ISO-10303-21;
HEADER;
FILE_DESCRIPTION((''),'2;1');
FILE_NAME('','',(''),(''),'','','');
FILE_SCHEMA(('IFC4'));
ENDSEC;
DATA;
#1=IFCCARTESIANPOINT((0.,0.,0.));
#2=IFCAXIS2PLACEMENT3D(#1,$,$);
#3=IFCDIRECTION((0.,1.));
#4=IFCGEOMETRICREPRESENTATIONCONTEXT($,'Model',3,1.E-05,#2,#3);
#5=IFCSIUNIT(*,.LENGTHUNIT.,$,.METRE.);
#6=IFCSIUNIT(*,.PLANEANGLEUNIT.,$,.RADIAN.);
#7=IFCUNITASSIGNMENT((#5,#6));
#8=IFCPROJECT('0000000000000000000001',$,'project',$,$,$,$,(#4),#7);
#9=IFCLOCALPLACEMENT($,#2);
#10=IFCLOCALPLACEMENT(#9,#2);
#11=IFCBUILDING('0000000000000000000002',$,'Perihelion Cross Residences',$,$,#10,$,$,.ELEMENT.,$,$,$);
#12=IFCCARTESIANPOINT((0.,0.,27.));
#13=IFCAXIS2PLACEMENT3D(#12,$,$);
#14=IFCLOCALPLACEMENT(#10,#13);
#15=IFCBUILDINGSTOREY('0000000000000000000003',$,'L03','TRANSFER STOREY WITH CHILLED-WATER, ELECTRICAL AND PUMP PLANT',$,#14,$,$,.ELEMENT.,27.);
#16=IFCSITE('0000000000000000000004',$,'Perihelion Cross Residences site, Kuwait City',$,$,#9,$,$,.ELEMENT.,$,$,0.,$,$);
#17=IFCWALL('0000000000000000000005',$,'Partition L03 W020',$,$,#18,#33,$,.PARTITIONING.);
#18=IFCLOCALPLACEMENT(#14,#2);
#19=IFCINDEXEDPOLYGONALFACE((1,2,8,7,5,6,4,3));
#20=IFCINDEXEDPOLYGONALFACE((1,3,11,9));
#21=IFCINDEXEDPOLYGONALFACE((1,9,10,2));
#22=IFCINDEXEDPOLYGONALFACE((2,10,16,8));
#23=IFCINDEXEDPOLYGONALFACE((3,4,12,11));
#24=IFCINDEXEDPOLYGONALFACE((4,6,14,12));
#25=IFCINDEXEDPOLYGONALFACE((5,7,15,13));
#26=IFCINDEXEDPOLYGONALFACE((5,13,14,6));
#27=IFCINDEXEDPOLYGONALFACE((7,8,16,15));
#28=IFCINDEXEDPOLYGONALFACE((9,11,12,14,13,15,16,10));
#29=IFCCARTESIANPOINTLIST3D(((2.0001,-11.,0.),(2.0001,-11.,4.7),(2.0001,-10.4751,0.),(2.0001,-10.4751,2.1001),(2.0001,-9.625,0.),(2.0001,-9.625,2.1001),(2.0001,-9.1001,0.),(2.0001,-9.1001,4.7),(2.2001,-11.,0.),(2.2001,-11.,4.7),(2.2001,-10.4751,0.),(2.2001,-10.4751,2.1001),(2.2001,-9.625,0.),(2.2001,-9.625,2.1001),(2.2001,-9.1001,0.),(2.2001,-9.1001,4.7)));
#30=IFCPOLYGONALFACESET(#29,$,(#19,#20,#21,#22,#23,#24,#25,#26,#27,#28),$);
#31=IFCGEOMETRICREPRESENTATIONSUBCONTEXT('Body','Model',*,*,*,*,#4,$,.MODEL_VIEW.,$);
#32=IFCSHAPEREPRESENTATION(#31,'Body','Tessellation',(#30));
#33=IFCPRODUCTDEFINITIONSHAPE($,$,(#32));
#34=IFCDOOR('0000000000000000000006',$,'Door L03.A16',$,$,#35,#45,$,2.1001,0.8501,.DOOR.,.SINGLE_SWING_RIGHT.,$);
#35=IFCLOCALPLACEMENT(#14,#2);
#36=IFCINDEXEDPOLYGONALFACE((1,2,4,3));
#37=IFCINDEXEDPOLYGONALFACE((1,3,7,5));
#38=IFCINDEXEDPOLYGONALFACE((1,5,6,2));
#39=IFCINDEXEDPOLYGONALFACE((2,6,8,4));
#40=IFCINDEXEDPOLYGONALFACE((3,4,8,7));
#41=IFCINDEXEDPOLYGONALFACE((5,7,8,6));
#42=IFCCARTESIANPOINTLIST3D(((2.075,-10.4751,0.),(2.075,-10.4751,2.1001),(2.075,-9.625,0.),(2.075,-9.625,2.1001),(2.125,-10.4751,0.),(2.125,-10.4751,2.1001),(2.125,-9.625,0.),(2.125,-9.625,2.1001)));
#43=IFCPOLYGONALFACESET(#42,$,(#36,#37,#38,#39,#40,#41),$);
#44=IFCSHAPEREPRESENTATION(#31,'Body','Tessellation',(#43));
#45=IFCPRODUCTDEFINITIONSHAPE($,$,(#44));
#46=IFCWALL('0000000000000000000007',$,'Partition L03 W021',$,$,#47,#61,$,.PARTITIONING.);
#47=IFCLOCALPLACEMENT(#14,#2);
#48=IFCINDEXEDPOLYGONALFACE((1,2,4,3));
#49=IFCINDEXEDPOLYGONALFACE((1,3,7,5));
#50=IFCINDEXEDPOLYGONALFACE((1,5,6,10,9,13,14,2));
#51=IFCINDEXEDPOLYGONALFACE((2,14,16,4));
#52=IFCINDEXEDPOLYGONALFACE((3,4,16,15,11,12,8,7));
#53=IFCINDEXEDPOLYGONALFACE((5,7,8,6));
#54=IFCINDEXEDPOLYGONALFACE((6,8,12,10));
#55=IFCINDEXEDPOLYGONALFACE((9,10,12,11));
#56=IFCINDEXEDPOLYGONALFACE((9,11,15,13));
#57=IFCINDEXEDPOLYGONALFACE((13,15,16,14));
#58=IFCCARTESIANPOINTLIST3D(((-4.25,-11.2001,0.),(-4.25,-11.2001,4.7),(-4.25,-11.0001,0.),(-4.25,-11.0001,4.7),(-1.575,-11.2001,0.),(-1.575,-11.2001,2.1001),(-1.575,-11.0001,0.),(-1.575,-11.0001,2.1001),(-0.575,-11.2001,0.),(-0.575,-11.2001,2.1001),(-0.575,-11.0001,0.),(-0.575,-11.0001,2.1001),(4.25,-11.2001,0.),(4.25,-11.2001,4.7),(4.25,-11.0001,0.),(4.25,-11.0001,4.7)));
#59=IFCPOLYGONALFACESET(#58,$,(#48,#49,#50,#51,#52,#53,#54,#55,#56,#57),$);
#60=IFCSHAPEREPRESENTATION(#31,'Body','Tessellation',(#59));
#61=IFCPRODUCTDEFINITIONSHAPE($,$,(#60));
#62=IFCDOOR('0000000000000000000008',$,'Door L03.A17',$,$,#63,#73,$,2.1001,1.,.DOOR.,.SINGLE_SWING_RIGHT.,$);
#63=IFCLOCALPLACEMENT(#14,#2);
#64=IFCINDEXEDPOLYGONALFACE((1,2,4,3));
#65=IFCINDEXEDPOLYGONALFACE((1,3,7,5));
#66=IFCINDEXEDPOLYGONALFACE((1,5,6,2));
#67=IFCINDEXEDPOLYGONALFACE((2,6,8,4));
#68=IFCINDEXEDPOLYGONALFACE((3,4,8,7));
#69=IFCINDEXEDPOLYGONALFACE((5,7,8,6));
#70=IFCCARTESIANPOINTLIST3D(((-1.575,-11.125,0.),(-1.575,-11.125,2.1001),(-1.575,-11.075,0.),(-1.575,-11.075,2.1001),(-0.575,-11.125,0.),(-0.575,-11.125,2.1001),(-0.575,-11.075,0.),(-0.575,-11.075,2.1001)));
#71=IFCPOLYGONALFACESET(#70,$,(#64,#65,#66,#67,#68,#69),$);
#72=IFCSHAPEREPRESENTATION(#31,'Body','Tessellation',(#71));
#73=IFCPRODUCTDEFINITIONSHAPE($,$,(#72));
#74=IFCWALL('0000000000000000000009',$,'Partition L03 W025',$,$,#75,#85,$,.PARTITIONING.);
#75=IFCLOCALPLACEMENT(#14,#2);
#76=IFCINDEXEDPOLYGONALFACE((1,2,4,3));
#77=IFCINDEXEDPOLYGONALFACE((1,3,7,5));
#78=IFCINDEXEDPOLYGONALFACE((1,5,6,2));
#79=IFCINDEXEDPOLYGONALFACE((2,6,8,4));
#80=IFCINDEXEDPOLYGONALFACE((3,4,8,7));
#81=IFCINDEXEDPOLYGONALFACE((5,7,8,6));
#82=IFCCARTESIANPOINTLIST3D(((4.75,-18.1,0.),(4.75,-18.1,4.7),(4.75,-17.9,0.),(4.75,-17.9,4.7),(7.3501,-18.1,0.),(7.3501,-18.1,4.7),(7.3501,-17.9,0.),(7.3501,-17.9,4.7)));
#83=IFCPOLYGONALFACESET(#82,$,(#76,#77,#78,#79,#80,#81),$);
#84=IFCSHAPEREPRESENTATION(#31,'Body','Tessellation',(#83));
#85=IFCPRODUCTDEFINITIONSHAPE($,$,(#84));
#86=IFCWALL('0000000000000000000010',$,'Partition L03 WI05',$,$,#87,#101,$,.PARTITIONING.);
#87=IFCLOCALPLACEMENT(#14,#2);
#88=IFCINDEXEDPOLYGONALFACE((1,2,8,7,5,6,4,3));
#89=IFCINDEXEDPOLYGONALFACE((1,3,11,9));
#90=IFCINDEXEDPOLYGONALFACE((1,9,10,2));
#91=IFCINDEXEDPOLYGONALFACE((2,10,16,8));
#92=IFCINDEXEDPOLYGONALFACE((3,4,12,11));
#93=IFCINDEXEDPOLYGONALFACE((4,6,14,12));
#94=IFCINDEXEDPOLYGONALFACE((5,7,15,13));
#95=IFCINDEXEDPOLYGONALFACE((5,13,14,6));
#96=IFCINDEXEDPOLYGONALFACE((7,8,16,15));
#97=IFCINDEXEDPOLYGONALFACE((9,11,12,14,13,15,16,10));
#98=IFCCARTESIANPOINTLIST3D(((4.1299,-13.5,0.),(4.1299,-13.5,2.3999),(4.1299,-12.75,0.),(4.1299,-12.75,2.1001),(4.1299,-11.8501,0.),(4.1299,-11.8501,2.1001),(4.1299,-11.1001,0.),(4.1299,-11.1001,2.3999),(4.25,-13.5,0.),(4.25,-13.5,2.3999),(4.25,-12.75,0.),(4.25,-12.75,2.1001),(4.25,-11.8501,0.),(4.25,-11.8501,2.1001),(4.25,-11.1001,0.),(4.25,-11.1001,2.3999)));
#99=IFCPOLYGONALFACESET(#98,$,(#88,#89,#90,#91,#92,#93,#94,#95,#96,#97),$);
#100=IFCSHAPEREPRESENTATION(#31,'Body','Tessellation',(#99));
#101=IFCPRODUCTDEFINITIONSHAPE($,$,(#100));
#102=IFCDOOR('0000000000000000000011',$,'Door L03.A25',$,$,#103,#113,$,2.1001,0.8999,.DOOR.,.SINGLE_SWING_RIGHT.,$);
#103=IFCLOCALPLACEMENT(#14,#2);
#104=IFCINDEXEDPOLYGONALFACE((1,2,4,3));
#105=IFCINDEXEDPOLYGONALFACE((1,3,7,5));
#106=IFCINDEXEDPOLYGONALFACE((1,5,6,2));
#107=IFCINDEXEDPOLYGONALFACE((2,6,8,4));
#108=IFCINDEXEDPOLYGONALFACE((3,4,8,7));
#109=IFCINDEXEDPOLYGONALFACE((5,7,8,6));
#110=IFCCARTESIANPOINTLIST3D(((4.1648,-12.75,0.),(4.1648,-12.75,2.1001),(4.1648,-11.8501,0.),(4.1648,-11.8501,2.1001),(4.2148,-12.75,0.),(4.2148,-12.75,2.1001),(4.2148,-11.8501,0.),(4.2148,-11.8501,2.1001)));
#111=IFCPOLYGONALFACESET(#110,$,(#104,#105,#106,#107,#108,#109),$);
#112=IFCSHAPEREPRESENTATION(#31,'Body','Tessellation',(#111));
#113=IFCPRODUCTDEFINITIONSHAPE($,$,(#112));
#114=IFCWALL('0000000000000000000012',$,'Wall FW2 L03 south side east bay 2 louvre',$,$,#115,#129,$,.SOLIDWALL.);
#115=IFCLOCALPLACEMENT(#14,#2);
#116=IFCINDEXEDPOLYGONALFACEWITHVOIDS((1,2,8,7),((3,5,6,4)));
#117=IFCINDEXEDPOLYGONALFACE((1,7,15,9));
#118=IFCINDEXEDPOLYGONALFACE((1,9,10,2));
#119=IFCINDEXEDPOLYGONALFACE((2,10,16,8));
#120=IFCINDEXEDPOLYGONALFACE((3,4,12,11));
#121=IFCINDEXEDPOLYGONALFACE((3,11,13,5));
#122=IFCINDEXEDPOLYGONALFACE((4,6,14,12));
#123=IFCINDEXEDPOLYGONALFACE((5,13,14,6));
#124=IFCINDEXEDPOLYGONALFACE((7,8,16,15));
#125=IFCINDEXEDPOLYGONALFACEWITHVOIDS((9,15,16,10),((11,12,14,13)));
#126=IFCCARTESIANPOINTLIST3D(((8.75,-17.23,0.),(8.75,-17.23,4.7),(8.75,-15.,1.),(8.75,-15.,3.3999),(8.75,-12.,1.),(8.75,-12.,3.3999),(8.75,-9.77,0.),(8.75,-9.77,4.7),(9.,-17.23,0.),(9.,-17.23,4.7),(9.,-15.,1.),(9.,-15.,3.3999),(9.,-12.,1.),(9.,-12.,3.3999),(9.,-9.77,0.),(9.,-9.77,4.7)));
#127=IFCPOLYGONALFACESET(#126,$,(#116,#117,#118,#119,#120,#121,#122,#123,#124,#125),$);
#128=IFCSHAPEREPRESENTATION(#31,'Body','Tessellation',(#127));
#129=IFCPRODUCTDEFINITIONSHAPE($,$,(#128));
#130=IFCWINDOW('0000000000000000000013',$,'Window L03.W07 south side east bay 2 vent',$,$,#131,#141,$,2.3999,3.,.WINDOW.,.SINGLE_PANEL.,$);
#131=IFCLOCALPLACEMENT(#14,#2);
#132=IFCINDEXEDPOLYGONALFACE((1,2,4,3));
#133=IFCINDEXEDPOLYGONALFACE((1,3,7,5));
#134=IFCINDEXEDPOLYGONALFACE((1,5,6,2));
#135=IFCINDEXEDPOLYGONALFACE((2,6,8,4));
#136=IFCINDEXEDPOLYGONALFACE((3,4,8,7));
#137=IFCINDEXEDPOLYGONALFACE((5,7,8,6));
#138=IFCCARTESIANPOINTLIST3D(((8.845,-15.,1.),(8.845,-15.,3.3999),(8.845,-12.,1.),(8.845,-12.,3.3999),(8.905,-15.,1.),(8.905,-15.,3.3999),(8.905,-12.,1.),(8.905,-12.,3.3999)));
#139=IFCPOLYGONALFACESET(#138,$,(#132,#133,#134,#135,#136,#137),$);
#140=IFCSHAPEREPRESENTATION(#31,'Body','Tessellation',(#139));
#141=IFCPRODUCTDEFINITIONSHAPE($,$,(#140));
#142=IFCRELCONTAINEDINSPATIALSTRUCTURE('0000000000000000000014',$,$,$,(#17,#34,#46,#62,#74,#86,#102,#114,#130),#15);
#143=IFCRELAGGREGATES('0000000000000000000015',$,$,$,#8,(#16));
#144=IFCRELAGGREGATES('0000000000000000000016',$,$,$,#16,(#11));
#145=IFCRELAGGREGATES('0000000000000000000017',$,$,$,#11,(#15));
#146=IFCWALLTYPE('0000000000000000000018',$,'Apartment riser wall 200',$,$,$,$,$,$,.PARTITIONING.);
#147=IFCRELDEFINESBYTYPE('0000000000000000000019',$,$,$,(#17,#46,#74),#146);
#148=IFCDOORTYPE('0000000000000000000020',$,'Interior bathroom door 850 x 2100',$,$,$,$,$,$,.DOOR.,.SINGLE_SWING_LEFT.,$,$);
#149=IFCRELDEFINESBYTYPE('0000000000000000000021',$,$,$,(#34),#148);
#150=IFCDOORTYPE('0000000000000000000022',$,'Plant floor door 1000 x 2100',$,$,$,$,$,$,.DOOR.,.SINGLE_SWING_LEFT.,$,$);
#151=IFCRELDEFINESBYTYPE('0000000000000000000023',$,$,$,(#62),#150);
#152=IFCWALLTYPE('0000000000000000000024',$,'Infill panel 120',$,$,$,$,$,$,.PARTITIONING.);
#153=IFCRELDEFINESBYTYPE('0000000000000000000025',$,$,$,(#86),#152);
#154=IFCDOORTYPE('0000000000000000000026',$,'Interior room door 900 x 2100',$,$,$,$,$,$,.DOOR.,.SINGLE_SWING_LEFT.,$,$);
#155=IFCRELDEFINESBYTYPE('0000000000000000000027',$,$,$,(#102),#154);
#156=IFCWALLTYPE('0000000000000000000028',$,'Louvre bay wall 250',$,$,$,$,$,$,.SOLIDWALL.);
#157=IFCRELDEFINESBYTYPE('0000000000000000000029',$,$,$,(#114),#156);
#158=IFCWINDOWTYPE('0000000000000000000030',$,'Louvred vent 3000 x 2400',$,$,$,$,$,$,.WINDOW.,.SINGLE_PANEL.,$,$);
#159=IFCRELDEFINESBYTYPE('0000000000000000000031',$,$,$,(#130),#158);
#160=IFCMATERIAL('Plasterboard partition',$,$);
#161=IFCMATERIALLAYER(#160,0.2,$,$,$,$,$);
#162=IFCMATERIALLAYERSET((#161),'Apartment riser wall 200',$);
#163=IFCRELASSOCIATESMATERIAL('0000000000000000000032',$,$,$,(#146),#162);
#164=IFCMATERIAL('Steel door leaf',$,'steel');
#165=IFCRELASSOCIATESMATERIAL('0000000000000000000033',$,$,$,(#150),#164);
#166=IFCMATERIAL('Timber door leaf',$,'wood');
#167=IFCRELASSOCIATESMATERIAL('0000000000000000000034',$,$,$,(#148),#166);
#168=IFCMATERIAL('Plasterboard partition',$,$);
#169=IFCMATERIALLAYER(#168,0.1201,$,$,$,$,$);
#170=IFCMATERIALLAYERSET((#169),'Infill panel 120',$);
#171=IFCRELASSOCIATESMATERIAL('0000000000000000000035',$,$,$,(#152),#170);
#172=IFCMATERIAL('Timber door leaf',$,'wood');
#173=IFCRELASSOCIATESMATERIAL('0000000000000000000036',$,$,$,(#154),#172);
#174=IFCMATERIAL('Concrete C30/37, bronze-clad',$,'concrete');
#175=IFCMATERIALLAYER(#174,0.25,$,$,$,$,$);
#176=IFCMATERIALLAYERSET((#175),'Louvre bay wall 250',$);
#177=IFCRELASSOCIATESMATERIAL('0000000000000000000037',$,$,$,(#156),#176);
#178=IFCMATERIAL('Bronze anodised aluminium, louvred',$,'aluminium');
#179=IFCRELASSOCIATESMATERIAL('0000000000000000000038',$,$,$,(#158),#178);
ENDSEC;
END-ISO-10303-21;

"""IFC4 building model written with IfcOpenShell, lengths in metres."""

from ifc_helpers import new_model, si_unit, direction, frame, frame_2d, origin, place, context, subcontext, project, spatial, rectangle, extrude, material, layer, layer_set, type_object, element, fill, save


model = new_model("IFC4")

# Units and contexts
model_context = context("Model", 3, precision=1e-05, world=origin(), true_north=direction((0.0, 1.0)))
body_context = subcontext(model_context, "Body", "Model", "MODEL_VIEW")
ifc_project = project(units=[si_unit("LENGTHUNIT", "METRE"), si_unit("PLANEANGLEUNIT", "RADIAN")], contexts=[model_context])

# Site, building, storey
site_placement = place(None, origin())
site = spatial("IfcSite", under=ifc_project, at=site_placement, Name="Perihelion Cross Residences site, Kuwait City", CompositionType="ELEMENT", RefElevation=0.0)
building_placement = place(site_placement, origin())
building = spatial("IfcBuilding", under=site, at=building_placement, Name="Perihelion Cross Residences", CompositionType="ELEMENT")
storey_placement = place(building_placement, frame((0.0, 0.0, 27.0)))
storey = spatial("IfcBuildingStorey", under=building, at=storey_placement, Name="L03", Description="TRANSFER STOREY WITH CHILLED-WATER, ELECTRICAL AND PUMP PLANT", CompositionType="ELEMENT", Elevation=27.0)

# Shared definitions
ifc_material_1 = material(Name="Plasterboard partition")
ifc_layer_1 = layer(ifc_material_1, 0.2)
ifc_layer_set_1 = layer_set([ifc_layer_1], Name="Apartment riser wall 200")
wall_type_1 = type_object("IfcWallType", Name="Apartment riser wall 200", PredefinedType="PARTITIONING", material=ifc_layer_set_1)

# Walls, openings, doors
ifc_material_2 = material(Name="Steel door leaf", Category="steel")
door_type_1 = type_object("IfcDoorType", Name="Plant floor door 1000 x 2100", OperationType="SINGLE_SWING_LEFT", PredefinedType="DOOR", material=ifc_material_2)
wall_1_placement = place(storey_placement, frame((2.1001, -9.1001, 0.0), z_axis=(0.0, 0.0, 1.0), x_axis=(0.0, -1.0, 0.0)))
wall_1 = element("IfcWall", 1, at=wall_1_placement, inside=storey, type_object=wall_type_1, Name="Partition L03 W020", PredefinedType="PARTITIONING", context=body_context, shape_type="SweptSolid", body=[
    extrude(rectangle(XDim=1.8999, YDim=0.2, at=frame_2d((0.95, 0.0))), origin(), (0.0, 0.0, 1.0), 4.7),
])
opening_1_placement = place(wall_1_placement, frame((0.5249, 0.0, 0.0)))
opening_1 = element("IfcOpeningElement", 2, at=opening_1_placement, cuts=wall_1, PredefinedType="OPENING", context=body_context, shape_type="SweptSolid", body=[
    extrude(rectangle(XDim=0.8501, YDim=2.1001, at=frame_2d((0.425, 1.05))), frame((0.0, 0.1099, 0.0), z_axis=(0.0, -1.0, 0.0), x_axis=(1.0, 0.0, 0.0)), (0.0, 0.0, 1.0), 0.22),
])
ifc_material_3 = material(Name="Timber door leaf", Category="wood")
door_type_2 = type_object("IfcDoorType", Name="Interior bathroom door 850 x 2100", OperationType="SINGLE_SWING_LEFT", PredefinedType="DOOR", material=ifc_material_3)
door_1_placement = place(opening_1_placement, origin())
door_1 = element("IfcDoor", 3, at=door_1_placement, inside=storey, type_object=door_type_2, Name="Door L03.A16", OperationType="SINGLE_SWING_RIGHT", OverallHeight=2.1001, OverallWidth=0.8501, PredefinedType="DOOR", context=body_context, shape_type="SweptSolid", body=[
    extrude(rectangle(XDim=0.8501, YDim=2.1001, at=frame_2d((0.425, 1.05))), frame((0.0, 0.0249, 0.0), z_axis=(0.0, -1.0, 0.0), x_axis=(1.0, 0.0, 0.0)), (0.0, 0.0, 1.0), 0.05),
])
fill(opening_1, door_1)
wall_2_placement = place(storey_placement, frame((4.25, -11.1001, 0.0), z_axis=(0.0, 0.0, 1.0), x_axis=(-1.0, 0.0, 0.0)))
wall_2 = element("IfcWall", 4, at=wall_2_placement, inside=storey, type_object=wall_type_1, Name="Partition L03 W021", PredefinedType="PARTITIONING", context=body_context, shape_type="SweptSolid", body=[
    extrude(rectangle(XDim=8.5, YDim=0.2, at=frame_2d((4.25, 0.0))), origin(), (0.0, 0.0, 1.0), 4.7),
])
opening_2_placement = place(wall_2_placement, frame((4.825, 0.0, 0.0)))
opening_2 = element("IfcOpeningElement", 5, at=opening_2_placement, cuts=wall_2, PredefinedType="OPENING", context=body_context, shape_type="SweptSolid", body=[
    extrude(rectangle(XDim=1.0, YDim=2.1001, at=frame_2d((0.5, 1.05))), frame((0.0, 0.1099, 0.0), z_axis=(0.0, -1.0, 0.0), x_axis=(1.0, 0.0, 0.0)), (0.0, 0.0, 1.0), 0.22),
])
door_2_placement = place(opening_2_placement, origin())
door_2 = element("IfcDoor", 6, at=door_2_placement, inside=storey, type_object=door_type_1, Name="Door L03.A17", OperationType="SINGLE_SWING_RIGHT", OverallHeight=2.1001, OverallWidth=1.0, PredefinedType="DOOR", context=body_context, shape_type="SweptSolid", body=[
    extrude(rectangle(XDim=1.0, YDim=2.1001, at=frame_2d((0.5, 1.05))), frame((0.0, 0.0249, 0.0), z_axis=(0.0, -1.0, 0.0), x_axis=(1.0, 0.0, 0.0)), (0.0, 0.0, 1.0), 0.05),
])
fill(opening_2, door_2)

# Wall
wall_3_placement = place(storey_placement, frame((7.3501, -18.0, 0.0), z_axis=(0.0, 0.0, 1.0), x_axis=(-1.0, 0.0, 0.0)))
element("IfcWall", 7, at=wall_3_placement, inside=storey, type_object=wall_type_1, Name="Partition L03 W025", PredefinedType="PARTITIONING", context=body_context, shape_type="SweptSolid", body=[
    extrude(rectangle(XDim=2.6001, YDim=0.2, at=frame_2d((1.3, 0.0))), origin(), (0.0, 0.0, 1.0), 4.7),
])

# Wall, opening, door
ifc_material_4 = material(Name="Plasterboard partition")
ifc_layer_2 = layer(ifc_material_4, 0.1201)
ifc_layer_set_2 = layer_set([ifc_layer_2], Name="Infill panel 120")
wall_type_2 = type_object("IfcWallType", Name="Infill panel 120", PredefinedType="PARTITIONING", material=ifc_layer_set_2)
wall_4_placement = place(storey_placement, frame((4.1899, -11.1001, 0.0), z_axis=(0.0, 0.0, 1.0), x_axis=(0.0, -1.0, 0.0)))
wall_4 = element("IfcWall", 8, at=wall_4_placement, inside=storey, type_object=wall_type_2, Name="Partition L03 WI05", PredefinedType="PARTITIONING", context=body_context, shape_type="SweptSolid", body=[
    extrude(rectangle(XDim=2.3999, YDim=0.1201, at=frame_2d((1.2, 0.0))), origin(), (0.0, 0.0, 1.0), 2.3999),
])
opening_3_placement = place(wall_4_placement, frame((0.75, 0.0, 0.0)))
opening_3 = element("IfcOpeningElement", 9, at=opening_3_placement, cuts=wall_4, PredefinedType="OPENING", context=body_context, shape_type="SweptSolid", body=[
    extrude(rectangle(XDim=0.8999, YDim=2.1001, at=frame_2d((0.45, 1.05))), frame((0.0, 0.0701, 0.0), z_axis=(0.0, -1.0, 0.0), x_axis=(1.0, 0.0, 0.0)), (0.0, 0.0, 1.0), 0.1401),
])
ifc_material_5 = material(Name="Timber door leaf", Category="wood")
door_type_3 = type_object("IfcDoorType", Name="Interior room door 900 x 2100", OperationType="SINGLE_SWING_LEFT", PredefinedType="DOOR", material=ifc_material_5)
door_3_placement = place(opening_3_placement, origin())
door_3 = element("IfcDoor", 10, at=door_3_placement, inside=storey, type_object=door_type_3, Name="Door L03.A25", OperationType="SINGLE_SWING_RIGHT", OverallHeight=2.1001, OverallWidth=0.8999, PredefinedType="DOOR", context=body_context, shape_type="SweptSolid", body=[
    extrude(rectangle(XDim=0.8999, YDim=2.1001, at=frame_2d((0.45, 1.05))), frame((0.0, 0.0249, 0.0), z_axis=(0.0, -1.0, 0.0), x_axis=(1.0, 0.0, 0.0)), (0.0, 0.0, 1.0), 0.05),
])
fill(opening_3, door_3)

# Wall, opening, window
ifc_material_6 = material(Name="Concrete C30/37, bronze-clad", Category="concrete")
ifc_layer_3 = layer(ifc_material_6, 0.25)
ifc_layer_set_3 = layer_set([ifc_layer_3], Name="Louvre bay wall 250")
wall_type_3 = type_object("IfcWallType", Name="Louvre bay wall 250", PredefinedType="SOLIDWALL", material=ifc_layer_set_3)
wall_5_placement = place(storey_placement, frame((8.875, -17.23, 0.0), z_axis=(0.0, 0.0, 1.0), x_axis=(0.0, 1.0, 0.0)))
wall_5 = element("IfcWall", 11, at=wall_5_placement, inside=storey, type_object=wall_type_3, Name="Wall FW2 L03 south side east bay 2 louvre", PredefinedType="SOLIDWALL", context=body_context, shape_type="SweptSolid", body=[
    extrude(rectangle(XDim=7.46, YDim=0.25, at=frame_2d((3.73, 0.0))), origin(), (0.0, 0.0, 1.0), 4.7),
])
opening_4_placement = place(wall_5_placement, frame((2.23, 0.0, 1.0)))
opening_4 = element("IfcOpeningElement", 12, at=opening_4_placement, cuts=wall_5, PredefinedType="OPENING", context=body_context, shape_type="SweptSolid", body=[
    extrude(rectangle(XDim=3.0, YDim=2.3999, at=frame_2d((1.5, 1.2))), frame((0.0, 0.135, 0.0), z_axis=(0.0, -1.0, 0.0), x_axis=(1.0, 0.0, 0.0)), (0.0, 0.0, 1.0), 0.27),
])
ifc_material_7 = material(Name="Bronze anodised aluminium, louvred", Category="aluminium")
window_type = type_object("IfcWindowType", Name="Louvred vent 3000 x 2400", PartitioningType="SINGLE_PANEL", PredefinedType="WINDOW", material=ifc_material_7)
window_1_placement = place(opening_4_placement, origin())
window_1 = element("IfcWindow", 13, at=window_1_placement, inside=storey, type_object=window_type, Name="Window L03.W07 south side east bay 2 vent", OverallHeight=2.3999, OverallWidth=3.0, PartitioningType="SINGLE_PANEL", PredefinedType="WINDOW", context=body_context, shape_type="SweptSolid", body=[
    extrude(rectangle(XDim=3.0, YDim=2.3999, at=frame_2d((1.5, 1.2))), frame((0.0, 0.03, 0.0), z_axis=(0.0, -1.0, 0.0), x_axis=(1.0, 0.0, 0.0)), (0.0, 0.0, 1.0), 0.0601),
])
fill(opening_4, window_1)

save(model, "model.ifc")
